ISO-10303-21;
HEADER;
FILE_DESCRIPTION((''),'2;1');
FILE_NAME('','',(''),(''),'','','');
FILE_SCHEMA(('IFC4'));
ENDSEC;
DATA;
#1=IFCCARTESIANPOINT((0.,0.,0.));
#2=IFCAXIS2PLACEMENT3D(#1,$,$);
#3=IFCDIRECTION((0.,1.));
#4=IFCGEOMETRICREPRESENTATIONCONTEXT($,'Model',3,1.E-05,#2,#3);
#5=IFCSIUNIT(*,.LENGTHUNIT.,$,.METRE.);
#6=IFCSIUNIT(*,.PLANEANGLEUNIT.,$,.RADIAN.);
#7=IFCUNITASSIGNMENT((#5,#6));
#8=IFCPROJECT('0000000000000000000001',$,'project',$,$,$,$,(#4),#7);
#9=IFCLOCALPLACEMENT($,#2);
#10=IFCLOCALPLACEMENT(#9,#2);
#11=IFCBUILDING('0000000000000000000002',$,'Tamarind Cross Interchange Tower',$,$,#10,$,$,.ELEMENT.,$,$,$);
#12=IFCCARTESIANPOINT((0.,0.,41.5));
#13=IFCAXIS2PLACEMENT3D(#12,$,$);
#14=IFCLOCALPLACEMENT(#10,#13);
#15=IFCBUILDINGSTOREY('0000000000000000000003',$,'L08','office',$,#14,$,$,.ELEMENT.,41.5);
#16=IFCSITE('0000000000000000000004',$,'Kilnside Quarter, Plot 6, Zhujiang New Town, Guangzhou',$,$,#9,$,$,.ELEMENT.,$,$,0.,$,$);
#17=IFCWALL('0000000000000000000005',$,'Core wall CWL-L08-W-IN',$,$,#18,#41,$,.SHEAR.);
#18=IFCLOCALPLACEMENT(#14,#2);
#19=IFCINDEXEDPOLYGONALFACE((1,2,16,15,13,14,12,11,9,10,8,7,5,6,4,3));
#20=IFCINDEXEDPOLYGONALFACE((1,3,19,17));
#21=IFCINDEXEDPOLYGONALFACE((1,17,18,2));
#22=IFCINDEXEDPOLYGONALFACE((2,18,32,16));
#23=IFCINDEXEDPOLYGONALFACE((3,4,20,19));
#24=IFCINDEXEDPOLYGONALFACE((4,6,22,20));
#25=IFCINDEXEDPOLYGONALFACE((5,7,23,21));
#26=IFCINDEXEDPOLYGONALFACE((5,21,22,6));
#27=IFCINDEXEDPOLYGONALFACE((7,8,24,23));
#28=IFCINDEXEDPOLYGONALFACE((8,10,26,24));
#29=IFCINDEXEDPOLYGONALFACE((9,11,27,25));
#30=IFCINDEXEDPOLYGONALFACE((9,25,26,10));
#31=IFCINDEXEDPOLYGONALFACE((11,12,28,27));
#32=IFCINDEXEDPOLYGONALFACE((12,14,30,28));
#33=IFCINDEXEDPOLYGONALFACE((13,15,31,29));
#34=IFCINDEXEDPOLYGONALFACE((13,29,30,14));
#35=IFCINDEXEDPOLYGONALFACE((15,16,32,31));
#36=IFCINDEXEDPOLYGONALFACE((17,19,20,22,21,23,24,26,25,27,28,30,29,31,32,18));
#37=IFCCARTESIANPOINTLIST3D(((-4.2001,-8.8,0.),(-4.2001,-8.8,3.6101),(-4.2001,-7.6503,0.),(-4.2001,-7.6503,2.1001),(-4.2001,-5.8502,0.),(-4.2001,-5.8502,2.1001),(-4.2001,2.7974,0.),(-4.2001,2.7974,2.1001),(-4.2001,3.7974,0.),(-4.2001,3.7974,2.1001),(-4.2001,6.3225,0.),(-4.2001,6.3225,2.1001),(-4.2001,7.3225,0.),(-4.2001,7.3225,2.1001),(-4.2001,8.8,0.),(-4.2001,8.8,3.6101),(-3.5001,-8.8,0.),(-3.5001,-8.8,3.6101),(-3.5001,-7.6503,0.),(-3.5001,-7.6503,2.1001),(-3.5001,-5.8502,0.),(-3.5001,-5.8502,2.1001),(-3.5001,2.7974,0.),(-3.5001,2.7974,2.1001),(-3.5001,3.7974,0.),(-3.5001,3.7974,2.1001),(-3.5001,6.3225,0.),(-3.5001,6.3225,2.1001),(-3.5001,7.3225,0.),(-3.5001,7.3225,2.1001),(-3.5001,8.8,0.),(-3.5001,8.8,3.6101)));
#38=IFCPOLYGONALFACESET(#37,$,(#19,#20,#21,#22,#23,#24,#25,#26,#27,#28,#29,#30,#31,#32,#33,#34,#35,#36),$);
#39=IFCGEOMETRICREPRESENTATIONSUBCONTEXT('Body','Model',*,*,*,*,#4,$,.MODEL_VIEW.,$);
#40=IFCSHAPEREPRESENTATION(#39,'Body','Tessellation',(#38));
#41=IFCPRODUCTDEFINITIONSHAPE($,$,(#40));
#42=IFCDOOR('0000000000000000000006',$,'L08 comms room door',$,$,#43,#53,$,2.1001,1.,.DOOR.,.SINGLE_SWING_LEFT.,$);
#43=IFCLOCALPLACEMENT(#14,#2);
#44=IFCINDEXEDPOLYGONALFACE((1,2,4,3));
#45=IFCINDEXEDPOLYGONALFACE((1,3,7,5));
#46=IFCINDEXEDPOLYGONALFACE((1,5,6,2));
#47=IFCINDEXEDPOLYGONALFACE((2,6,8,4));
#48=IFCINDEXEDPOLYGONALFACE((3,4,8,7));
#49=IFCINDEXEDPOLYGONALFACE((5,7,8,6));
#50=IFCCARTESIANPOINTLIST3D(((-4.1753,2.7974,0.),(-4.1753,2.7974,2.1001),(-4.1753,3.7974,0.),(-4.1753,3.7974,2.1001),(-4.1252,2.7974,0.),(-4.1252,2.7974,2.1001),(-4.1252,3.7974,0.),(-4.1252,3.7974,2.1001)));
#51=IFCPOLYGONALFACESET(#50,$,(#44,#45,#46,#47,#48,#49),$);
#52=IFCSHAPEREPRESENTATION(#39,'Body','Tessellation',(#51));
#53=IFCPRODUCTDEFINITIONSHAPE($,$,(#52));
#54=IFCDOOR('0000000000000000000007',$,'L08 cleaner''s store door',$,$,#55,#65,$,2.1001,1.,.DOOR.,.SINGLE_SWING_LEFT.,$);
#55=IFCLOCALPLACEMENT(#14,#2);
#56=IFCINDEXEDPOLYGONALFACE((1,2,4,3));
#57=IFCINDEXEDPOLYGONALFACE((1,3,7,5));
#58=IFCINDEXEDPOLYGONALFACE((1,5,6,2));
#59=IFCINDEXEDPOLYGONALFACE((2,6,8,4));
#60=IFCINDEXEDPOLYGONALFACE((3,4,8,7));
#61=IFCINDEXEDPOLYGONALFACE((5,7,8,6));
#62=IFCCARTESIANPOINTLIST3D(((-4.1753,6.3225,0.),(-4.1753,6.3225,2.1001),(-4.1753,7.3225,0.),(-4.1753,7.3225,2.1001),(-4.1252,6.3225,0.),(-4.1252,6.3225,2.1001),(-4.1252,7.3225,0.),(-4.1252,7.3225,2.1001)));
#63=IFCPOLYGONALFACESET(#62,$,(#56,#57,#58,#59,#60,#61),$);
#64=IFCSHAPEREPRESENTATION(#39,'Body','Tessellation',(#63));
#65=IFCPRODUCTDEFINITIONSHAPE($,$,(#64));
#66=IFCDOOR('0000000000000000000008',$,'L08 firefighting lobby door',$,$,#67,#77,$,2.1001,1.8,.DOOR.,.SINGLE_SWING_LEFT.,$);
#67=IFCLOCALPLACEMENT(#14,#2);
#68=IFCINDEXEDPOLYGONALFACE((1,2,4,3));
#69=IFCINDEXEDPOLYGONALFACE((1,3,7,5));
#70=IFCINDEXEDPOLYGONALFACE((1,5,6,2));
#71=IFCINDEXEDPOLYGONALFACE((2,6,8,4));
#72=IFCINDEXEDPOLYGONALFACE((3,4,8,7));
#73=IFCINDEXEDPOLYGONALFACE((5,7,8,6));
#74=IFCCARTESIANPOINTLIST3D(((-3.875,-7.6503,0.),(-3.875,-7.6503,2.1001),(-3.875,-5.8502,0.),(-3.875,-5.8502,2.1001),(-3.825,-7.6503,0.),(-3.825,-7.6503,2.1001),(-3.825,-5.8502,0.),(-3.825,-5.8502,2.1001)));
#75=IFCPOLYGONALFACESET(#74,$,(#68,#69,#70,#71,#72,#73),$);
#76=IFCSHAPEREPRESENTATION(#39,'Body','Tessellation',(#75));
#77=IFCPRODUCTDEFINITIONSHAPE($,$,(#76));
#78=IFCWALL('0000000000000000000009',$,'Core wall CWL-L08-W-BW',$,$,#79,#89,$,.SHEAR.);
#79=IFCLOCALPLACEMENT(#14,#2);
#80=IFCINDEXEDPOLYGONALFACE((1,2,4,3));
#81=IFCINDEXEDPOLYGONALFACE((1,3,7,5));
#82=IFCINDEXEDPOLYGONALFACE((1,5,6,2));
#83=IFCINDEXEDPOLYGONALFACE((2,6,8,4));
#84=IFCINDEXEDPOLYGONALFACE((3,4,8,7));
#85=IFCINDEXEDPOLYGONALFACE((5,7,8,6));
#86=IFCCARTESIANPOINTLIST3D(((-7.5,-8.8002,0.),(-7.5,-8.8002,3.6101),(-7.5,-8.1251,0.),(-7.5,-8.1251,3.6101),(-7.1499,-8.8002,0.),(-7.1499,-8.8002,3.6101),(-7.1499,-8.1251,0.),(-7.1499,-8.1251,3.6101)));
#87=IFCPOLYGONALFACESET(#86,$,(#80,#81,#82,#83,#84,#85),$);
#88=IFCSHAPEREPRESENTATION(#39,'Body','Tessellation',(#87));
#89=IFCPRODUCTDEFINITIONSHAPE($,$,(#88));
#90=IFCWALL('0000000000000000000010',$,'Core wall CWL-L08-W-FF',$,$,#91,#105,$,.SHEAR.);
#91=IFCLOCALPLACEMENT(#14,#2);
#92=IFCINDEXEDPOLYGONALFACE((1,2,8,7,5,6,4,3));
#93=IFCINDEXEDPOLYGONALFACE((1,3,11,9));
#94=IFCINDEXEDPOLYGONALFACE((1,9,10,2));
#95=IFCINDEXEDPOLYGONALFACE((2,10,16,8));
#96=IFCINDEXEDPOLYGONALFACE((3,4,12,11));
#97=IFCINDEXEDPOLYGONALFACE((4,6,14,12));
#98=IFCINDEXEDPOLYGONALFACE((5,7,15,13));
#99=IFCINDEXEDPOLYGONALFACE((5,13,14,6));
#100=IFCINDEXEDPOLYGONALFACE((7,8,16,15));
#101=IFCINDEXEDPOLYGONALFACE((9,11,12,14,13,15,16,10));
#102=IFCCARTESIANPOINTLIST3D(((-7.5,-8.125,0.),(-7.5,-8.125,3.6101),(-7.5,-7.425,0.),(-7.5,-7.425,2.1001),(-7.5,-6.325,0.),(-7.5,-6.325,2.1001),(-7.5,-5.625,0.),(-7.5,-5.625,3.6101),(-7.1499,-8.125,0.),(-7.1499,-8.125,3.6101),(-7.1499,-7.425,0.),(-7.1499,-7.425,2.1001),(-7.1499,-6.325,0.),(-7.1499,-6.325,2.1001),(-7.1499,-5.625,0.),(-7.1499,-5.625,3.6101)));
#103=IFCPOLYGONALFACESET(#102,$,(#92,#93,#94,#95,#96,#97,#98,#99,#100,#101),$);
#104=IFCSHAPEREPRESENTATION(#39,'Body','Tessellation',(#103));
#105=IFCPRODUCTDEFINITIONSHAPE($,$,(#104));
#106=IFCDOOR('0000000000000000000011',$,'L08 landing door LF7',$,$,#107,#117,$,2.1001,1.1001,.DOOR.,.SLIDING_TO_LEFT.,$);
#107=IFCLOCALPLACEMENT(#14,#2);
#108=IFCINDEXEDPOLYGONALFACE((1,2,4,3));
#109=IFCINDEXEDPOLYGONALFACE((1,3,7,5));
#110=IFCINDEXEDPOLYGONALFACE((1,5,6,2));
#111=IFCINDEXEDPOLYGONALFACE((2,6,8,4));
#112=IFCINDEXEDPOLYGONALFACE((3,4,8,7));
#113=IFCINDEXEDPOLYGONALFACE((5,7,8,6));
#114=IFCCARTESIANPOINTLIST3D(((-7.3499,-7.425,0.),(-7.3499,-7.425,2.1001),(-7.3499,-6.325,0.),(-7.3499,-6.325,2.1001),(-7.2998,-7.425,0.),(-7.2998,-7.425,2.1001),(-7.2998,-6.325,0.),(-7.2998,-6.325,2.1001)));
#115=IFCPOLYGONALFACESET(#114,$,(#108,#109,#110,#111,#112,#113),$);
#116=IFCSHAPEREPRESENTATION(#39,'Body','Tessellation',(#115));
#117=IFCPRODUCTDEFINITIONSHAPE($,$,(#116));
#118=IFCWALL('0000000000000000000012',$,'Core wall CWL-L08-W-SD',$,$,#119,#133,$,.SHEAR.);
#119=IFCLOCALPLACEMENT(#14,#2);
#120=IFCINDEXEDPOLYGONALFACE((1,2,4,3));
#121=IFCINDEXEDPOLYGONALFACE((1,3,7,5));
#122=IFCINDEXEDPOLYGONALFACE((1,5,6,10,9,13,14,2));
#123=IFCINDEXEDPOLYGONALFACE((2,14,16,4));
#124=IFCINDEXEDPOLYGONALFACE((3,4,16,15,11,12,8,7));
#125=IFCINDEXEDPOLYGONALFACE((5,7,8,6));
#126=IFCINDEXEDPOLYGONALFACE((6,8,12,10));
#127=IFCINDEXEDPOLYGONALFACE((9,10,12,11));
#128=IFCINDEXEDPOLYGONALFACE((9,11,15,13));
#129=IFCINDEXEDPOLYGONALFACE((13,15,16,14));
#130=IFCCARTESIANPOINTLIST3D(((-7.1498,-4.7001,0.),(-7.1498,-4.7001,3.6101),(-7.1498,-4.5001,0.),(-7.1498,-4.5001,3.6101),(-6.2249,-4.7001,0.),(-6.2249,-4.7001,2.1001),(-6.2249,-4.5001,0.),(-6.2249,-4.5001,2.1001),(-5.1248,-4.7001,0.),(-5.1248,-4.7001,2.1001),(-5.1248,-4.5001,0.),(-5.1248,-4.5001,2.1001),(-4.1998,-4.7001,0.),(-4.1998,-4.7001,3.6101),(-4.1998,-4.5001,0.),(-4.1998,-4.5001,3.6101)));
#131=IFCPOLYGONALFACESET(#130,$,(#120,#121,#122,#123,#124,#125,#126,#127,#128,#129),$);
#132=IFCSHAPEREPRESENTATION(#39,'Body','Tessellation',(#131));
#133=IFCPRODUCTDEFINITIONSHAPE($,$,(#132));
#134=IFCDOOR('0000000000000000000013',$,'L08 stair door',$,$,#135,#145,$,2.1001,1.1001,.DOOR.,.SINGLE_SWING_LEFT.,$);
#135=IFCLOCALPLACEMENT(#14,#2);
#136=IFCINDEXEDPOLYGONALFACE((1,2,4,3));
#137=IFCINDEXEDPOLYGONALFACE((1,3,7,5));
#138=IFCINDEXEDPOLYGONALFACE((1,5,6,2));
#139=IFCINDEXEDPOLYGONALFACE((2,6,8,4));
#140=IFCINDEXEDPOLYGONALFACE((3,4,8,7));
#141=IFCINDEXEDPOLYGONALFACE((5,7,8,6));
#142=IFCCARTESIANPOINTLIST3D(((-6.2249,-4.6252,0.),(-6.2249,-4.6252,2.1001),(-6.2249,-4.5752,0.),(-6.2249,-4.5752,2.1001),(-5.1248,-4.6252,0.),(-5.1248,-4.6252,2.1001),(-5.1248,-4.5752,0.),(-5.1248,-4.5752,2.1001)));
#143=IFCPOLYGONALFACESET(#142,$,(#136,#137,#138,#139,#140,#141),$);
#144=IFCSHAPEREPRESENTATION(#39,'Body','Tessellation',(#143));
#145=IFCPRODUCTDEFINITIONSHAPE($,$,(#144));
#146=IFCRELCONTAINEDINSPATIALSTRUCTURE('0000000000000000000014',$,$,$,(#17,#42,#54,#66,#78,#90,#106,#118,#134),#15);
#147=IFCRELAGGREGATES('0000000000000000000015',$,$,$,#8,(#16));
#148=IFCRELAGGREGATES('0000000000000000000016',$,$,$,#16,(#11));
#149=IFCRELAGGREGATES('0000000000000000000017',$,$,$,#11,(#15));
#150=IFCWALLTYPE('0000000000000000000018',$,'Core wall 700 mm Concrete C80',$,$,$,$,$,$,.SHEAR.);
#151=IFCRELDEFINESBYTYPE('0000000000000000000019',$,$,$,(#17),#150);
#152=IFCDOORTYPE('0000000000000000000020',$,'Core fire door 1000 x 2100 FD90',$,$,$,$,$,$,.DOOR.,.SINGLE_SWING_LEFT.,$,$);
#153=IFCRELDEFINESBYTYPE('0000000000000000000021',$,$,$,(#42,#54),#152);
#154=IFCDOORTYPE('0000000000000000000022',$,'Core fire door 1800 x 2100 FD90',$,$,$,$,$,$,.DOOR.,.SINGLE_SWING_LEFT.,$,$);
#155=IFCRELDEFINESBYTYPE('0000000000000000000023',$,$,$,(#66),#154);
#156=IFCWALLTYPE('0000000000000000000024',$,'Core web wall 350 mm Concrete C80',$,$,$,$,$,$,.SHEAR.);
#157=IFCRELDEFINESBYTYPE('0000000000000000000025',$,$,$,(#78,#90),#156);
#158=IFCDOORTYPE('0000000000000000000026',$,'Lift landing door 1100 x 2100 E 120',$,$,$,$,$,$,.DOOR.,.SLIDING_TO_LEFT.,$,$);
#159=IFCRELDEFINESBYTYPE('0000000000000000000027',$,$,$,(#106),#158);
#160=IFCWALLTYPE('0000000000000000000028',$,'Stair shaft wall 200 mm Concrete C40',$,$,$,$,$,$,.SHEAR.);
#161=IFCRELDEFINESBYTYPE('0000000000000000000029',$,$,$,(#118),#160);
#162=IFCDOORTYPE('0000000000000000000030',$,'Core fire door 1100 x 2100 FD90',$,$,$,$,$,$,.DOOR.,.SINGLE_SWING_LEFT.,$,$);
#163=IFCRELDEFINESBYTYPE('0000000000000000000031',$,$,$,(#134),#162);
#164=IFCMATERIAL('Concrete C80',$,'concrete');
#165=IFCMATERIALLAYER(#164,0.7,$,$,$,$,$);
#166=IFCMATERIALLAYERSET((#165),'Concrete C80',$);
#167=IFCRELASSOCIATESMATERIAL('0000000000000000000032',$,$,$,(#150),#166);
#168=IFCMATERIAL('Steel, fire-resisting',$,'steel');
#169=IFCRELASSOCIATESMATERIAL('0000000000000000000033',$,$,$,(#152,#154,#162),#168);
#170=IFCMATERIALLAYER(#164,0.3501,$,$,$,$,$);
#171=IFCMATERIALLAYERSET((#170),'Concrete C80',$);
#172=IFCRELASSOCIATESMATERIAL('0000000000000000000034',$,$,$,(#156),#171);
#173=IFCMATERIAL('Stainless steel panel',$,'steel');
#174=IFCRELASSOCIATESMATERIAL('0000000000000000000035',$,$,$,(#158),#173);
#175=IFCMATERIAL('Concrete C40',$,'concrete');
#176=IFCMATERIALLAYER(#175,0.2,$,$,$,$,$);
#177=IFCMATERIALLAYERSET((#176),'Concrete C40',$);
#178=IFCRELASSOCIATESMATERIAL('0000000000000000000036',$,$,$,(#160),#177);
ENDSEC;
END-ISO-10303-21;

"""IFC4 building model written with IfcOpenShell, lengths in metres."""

from ifc_helpers import new_model, si_unit, direction, frame, frame_2d, origin, place, context, subcontext, project, spatial, rectangle, extrude, material, layer, layer_set, type_object, element, fill, save


model = new_model("IFC4")

# Units and contexts
model_context = context("Model", 3, precision=1e-05, world=origin(), true_north=direction((0.0, 1.0)))
body_context = subcontext(model_context, "Body", "Model", "MODEL_VIEW")
ifc_project = project(units=[si_unit("LENGTHUNIT", "METRE"), si_unit("PLANEANGLEUNIT", "RADIAN")], contexts=[model_context])

# Site, building, storey
site_placement = place(None, origin())
site = spatial("IfcSite", under=ifc_project, at=site_placement, Name="Kilnside Quarter, Plot 6, Zhujiang New Town, Guangzhou", CompositionType="ELEMENT", RefElevation=0.0)
building_placement = place(site_placement, origin())
building = spatial("IfcBuilding", under=site, at=building_placement, Name="Tamarind Cross Interchange Tower", CompositionType="ELEMENT")
storey_placement = place(building_placement, frame((0.0, 0.0, 41.5)))
storey = spatial("IfcBuildingStorey", under=building, at=storey_placement, Name="L08", Description="office", CompositionType="ELEMENT", Elevation=41.5)

# Wall, openings, doors
ifc_material_1 = material(Name="Concrete C80", Category="concrete")
ifc_layer_1 = layer(ifc_material_1, 0.7)
ifc_layer_set_1 = layer_set([ifc_layer_1], Name="Concrete C80")
wall_type_1 = type_object("IfcWallType", Name="Core wall 700 mm Concrete C80", PredefinedType="SHEAR", material=ifc_layer_set_1)
wall_1_placement = place(storey_placement, frame((-3.8501, -8.8, 0.0), z_axis=(0.0, 0.0, 1.0), x_axis=(0.0, 1.0, 0.0)))
wall_1 = element("IfcWall", 1, at=wall_1_placement, inside=storey, type_object=wall_type_1, Name="Core wall CWL-L08-W-IN", PredefinedType="SHEAR", context=body_context, shape_type="SweptSolid", body=[
    extrude(rectangle(XDim=17.6001, YDim=0.7, at=frame_2d((8.8, 0.0))), origin(), (0.0, 0.0, 1.0), 3.6101),
])
opening_1_placement = place(wall_1_placement, frame((1.1499, 0.0, 0.0)))
opening_1 = element("IfcOpeningElement", 2, at=opening_1_placement, cuts=wall_1, PredefinedType="OPENING", context=body_context, shape_type="SweptSolid", body=[
    extrude(rectangle(XDim=1.8, YDim=2.1001, at=frame_2d((0.8999, 1.05))), frame((0.0, 0.3599, 0.0), z_axis=(0.0, -1.0, 0.0), x_axis=(1.0, 0.0, 0.0)), (0.0, 0.0, 1.0), 0.72),
])
opening_2_placement = place(wall_1_placement, frame((11.5974, 0.0, 0.0)))
opening_2 = element("IfcOpeningElement", 3, at=opening_2_placement, cuts=wall_1, PredefinedType="OPENING", context=body_context, shape_type="SweptSolid", body=[
    extrude(rectangle(XDim=1.0, YDim=2.1001, at=frame_2d((0.5, 1.05))), frame((0.0, 0.3599, 0.0), z_axis=(0.0, -1.0, 0.0), x_axis=(1.0, 0.0, 0.0)), (0.0, 0.0, 1.0), 0.72),
])
opening_3_placement = place(wall_1_placement, frame((15.1226, 0.0, 0.0)))
opening_3 = element("IfcOpeningElement", 4, at=opening_3_placement, cuts=wall_1, PredefinedType="OPENING", context=body_context, shape_type="SweptSolid", body=[
    extrude(rectangle(XDim=1.0, YDim=2.1001, at=frame_2d((0.5, 1.05))), frame((0.0, 0.3599, 0.0), z_axis=(0.0, -1.0, 0.0), x_axis=(1.0, 0.0, 0.0)), (0.0, 0.0, 1.0), 0.72),
])
ifc_material_2 = material(Name="Steel, fire-resisting", Category="steel")
door_type_1 = type_object("IfcDoorType", Name="Core fire door 1000 x 2100 FD90", OperationType="SINGLE_SWING_LEFT", PredefinedType="DOOR", material=ifc_material_2)
door_1_placement = place(opening_2_placement, origin())
door_1 = element("IfcDoor", 5, at=door_1_placement, inside=storey, type_object=door_type_1, Name="L08 comms room door", OperationType="SINGLE_SWING_LEFT", OverallHeight=2.1001, OverallWidth=1.0, PredefinedType="DOOR", context=body_context, shape_type="SweptSolid", body=[
    extrude(rectangle(XDim=1.0, YDim=2.1001, at=frame_2d((0.5, 1.05))), frame((0.0, 0.3252, 0.0), z_axis=(0.0, -1.0, 0.0), x_axis=(1.0, 0.0, 0.0)), (0.0, 0.0, 1.0), 0.05),
])
fill(opening_2, door_1)
door_2_placement = place(opening_3_placement, origin())
door_2 = element("IfcDoor", 6, at=door_2_placement, inside=storey, type_object=door_type_1, Name="L08 cleaner's store door", OperationType="SINGLE_SWING_LEFT", OverallHeight=2.1001, OverallWidth=1.0, PredefinedType="DOOR", context=body_context, shape_type="SweptSolid", body=[
    extrude(rectangle(XDim=1.0, YDim=2.1001, at=frame_2d((0.5, 1.05))), frame((0.0, 0.3252, 0.0), z_axis=(0.0, -1.0, 0.0), x_axis=(1.0, 0.0, 0.0)), (0.0, 0.0, 1.0), 0.05),
])
fill(opening_3, door_2)
door_type_2 = type_object("IfcDoorType", Name="Core fire door 1800 x 2100 FD90", OperationType="SINGLE_SWING_LEFT", PredefinedType="DOOR", material=ifc_material_2)
door_3_placement = place(opening_1_placement, origin())
door_3 = element("IfcDoor", 7, at=door_3_placement, inside=storey, type_object=door_type_2, Name="L08 firefighting lobby door", OperationType="SINGLE_SWING_LEFT", OverallHeight=2.1001, OverallWidth=1.8, PredefinedType="DOOR", context=body_context, shape_type="SweptSolid", body=[
    extrude(rectangle(XDim=1.8, YDim=2.1001, at=frame_2d((0.8999, 1.05))), frame((0.0, 0.0249, 0.0), z_axis=(0.0, -1.0, 0.0), x_axis=(1.0, 0.0, 0.0)), (0.0, 0.0, 1.0), 0.05),
])
fill(opening_1, door_3)

# Wall
ifc_layer_2 = layer(ifc_material_1, 0.3501)
ifc_layer_set_2 = layer_set([ifc_layer_2], Name="Concrete C80")
wall_type_2 = type_object("IfcWallType", Name="Core web wall 350 mm Concrete C80", PredefinedType="SHEAR", material=ifc_layer_set_2)
wall_2_placement = place(storey_placement, frame((-7.325, -8.8, 0.0), z_axis=(0.0, 0.0, 1.0), x_axis=(0.0, 1.0, 0.0)))
element("IfcWall", 8, at=wall_2_placement, inside=storey, type_object=wall_type_2, Name="Core wall CWL-L08-W-BW", PredefinedType="SHEAR", context=body_context, shape_type="SweptSolid", body=[
    extrude(rectangle(XDim=0.675, YDim=0.3501, at=frame_2d((0.3374, 0.0))), origin(), (0.0, 0.0, 1.0), 3.6101),
])

# Walls, openings, doors
wall_3_placement = place(storey_placement, frame((-7.325, -8.125, 0.0), z_axis=(0.0, 0.0, 1.0), x_axis=(0.0, 1.0, 0.0)))
wall_3 = element("IfcWall", 9, at=wall_3_placement, inside=storey, type_object=wall_type_2, Name="Core wall CWL-L08-W-FF", PredefinedType="SHEAR", context=body_context, shape_type="SweptSolid", body=[
    extrude(rectangle(XDim=2.5, YDim=0.3501, at=frame_2d((1.25, 0.0))), origin(), (0.0, 0.0, 1.0), 3.6101),
])
opening_4_placement = place(wall_3_placement, frame((0.7, 0.0, 0.0)))
opening_4 = element("IfcOpeningElement", 10, at=opening_4_placement, cuts=wall_3, PredefinedType="OPENING", context=body_context, shape_type="SweptSolid", body=[
    extrude(rectangle(XDim=1.1001, YDim=2.1001, at=frame_2d((0.55, 1.05))), frame((0.0, 0.1851, 0.0), z_axis=(0.0, -1.0, 0.0), x_axis=(1.0, 0.0, 0.0)), (0.0, 0.0, 1.0), 0.3701),
])
ifc_material_3 = material(Name="Stainless steel panel", Category="steel")
door_type_3 = type_object("IfcDoorType", Name="Lift landing door 1100 x 2100 E 120", OperationType="SLIDING_TO_LEFT", PredefinedType="DOOR", material=ifc_material_3)
door_4_placement = place(opening_4_placement, origin())
door_4 = element("IfcDoor", 11, at=door_4_placement, inside=storey, type_object=door_type_3, Name="L08 landing door LF7", OperationType="SLIDING_TO_LEFT", OverallHeight=2.1001, OverallWidth=1.1001, PredefinedType="DOOR", context=body_context, shape_type="SweptSolid", body=[
    extrude(rectangle(XDim=1.1001, YDim=2.1001, at=frame_2d((0.55, 1.05))), frame((0.0, 0.0249, 0.0), z_axis=(0.0, -1.0, 0.0), x_axis=(1.0, 0.0, 0.0)), (0.0, 0.0, 1.0), 0.05),
])
fill(opening_4, door_4)
ifc_material_4 = material(Name="Concrete C40", Category="concrete")
ifc_layer_3 = layer(ifc_material_4, 0.2)
ifc_layer_set_3 = layer_set([ifc_layer_3], Name="Concrete C40")
wall_type_3 = type_object("IfcWallType", Name="Stair shaft wall 200 mm Concrete C40", PredefinedType="SHEAR", material=ifc_layer_set_3)
wall_4_placement = place(storey_placement, frame((-7.1499, -4.6001, 0.0), z_axis=(0.0, 0.0, 1.0), x_axis=(1.0, 0.0, 0.0)))
wall_4 = element("IfcWall", 12, at=wall_4_placement, inside=storey, type_object=wall_type_3, Name="Core wall CWL-L08-W-SD", PredefinedType="SHEAR", context=body_context, shape_type="SweptSolid", body=[
    extrude(rectangle(XDim=2.95, YDim=0.2, at=frame_2d((1.4751, 0.0))), origin(), (0.0, 0.0, 1.0), 3.6101),
])
opening_5_placement = place(wall_4_placement, frame((0.925, 0.0, 0.0)))
opening_5 = element("IfcOpeningElement", 13, at=opening_5_placement, cuts=wall_4, PredefinedType="OPENING", context=body_context, shape_type="SweptSolid", body=[
    extrude(rectangle(XDim=1.1001, YDim=2.1001, at=frame_2d((0.55, 1.05))), frame((0.0, 0.1099, 0.0), z_axis=(0.0, -1.0, 0.0), x_axis=(1.0, 0.0, 0.0)), (0.0, 0.0, 1.0), 0.22),
])
door_type_4 = type_object("IfcDoorType", Name="Core fire door 1100 x 2100 FD90", OperationType="SINGLE_SWING_LEFT", PredefinedType="DOOR", material=ifc_material_2)
door_5_placement = place(opening_5_placement, origin())
door_5 = element("IfcDoor", 14, at=door_5_placement, inside=storey, type_object=door_type_4, Name="L08 stair door", OperationType="SINGLE_SWING_LEFT", OverallHeight=2.1001, OverallWidth=1.1001, PredefinedType="DOOR", context=body_context, shape_type="SweptSolid", body=[
    extrude(rectangle(XDim=1.1001, YDim=2.1001, at=frame_2d((0.55, 1.05))), frame((0.0, 0.0249, 0.0), z_axis=(0.0, -1.0, 0.0), x_axis=(1.0, 0.0, 0.0)), (0.0, 0.0, 1.0), 0.05),
])
fill(opening_5, door_5)

save(model, "model.ifc")
